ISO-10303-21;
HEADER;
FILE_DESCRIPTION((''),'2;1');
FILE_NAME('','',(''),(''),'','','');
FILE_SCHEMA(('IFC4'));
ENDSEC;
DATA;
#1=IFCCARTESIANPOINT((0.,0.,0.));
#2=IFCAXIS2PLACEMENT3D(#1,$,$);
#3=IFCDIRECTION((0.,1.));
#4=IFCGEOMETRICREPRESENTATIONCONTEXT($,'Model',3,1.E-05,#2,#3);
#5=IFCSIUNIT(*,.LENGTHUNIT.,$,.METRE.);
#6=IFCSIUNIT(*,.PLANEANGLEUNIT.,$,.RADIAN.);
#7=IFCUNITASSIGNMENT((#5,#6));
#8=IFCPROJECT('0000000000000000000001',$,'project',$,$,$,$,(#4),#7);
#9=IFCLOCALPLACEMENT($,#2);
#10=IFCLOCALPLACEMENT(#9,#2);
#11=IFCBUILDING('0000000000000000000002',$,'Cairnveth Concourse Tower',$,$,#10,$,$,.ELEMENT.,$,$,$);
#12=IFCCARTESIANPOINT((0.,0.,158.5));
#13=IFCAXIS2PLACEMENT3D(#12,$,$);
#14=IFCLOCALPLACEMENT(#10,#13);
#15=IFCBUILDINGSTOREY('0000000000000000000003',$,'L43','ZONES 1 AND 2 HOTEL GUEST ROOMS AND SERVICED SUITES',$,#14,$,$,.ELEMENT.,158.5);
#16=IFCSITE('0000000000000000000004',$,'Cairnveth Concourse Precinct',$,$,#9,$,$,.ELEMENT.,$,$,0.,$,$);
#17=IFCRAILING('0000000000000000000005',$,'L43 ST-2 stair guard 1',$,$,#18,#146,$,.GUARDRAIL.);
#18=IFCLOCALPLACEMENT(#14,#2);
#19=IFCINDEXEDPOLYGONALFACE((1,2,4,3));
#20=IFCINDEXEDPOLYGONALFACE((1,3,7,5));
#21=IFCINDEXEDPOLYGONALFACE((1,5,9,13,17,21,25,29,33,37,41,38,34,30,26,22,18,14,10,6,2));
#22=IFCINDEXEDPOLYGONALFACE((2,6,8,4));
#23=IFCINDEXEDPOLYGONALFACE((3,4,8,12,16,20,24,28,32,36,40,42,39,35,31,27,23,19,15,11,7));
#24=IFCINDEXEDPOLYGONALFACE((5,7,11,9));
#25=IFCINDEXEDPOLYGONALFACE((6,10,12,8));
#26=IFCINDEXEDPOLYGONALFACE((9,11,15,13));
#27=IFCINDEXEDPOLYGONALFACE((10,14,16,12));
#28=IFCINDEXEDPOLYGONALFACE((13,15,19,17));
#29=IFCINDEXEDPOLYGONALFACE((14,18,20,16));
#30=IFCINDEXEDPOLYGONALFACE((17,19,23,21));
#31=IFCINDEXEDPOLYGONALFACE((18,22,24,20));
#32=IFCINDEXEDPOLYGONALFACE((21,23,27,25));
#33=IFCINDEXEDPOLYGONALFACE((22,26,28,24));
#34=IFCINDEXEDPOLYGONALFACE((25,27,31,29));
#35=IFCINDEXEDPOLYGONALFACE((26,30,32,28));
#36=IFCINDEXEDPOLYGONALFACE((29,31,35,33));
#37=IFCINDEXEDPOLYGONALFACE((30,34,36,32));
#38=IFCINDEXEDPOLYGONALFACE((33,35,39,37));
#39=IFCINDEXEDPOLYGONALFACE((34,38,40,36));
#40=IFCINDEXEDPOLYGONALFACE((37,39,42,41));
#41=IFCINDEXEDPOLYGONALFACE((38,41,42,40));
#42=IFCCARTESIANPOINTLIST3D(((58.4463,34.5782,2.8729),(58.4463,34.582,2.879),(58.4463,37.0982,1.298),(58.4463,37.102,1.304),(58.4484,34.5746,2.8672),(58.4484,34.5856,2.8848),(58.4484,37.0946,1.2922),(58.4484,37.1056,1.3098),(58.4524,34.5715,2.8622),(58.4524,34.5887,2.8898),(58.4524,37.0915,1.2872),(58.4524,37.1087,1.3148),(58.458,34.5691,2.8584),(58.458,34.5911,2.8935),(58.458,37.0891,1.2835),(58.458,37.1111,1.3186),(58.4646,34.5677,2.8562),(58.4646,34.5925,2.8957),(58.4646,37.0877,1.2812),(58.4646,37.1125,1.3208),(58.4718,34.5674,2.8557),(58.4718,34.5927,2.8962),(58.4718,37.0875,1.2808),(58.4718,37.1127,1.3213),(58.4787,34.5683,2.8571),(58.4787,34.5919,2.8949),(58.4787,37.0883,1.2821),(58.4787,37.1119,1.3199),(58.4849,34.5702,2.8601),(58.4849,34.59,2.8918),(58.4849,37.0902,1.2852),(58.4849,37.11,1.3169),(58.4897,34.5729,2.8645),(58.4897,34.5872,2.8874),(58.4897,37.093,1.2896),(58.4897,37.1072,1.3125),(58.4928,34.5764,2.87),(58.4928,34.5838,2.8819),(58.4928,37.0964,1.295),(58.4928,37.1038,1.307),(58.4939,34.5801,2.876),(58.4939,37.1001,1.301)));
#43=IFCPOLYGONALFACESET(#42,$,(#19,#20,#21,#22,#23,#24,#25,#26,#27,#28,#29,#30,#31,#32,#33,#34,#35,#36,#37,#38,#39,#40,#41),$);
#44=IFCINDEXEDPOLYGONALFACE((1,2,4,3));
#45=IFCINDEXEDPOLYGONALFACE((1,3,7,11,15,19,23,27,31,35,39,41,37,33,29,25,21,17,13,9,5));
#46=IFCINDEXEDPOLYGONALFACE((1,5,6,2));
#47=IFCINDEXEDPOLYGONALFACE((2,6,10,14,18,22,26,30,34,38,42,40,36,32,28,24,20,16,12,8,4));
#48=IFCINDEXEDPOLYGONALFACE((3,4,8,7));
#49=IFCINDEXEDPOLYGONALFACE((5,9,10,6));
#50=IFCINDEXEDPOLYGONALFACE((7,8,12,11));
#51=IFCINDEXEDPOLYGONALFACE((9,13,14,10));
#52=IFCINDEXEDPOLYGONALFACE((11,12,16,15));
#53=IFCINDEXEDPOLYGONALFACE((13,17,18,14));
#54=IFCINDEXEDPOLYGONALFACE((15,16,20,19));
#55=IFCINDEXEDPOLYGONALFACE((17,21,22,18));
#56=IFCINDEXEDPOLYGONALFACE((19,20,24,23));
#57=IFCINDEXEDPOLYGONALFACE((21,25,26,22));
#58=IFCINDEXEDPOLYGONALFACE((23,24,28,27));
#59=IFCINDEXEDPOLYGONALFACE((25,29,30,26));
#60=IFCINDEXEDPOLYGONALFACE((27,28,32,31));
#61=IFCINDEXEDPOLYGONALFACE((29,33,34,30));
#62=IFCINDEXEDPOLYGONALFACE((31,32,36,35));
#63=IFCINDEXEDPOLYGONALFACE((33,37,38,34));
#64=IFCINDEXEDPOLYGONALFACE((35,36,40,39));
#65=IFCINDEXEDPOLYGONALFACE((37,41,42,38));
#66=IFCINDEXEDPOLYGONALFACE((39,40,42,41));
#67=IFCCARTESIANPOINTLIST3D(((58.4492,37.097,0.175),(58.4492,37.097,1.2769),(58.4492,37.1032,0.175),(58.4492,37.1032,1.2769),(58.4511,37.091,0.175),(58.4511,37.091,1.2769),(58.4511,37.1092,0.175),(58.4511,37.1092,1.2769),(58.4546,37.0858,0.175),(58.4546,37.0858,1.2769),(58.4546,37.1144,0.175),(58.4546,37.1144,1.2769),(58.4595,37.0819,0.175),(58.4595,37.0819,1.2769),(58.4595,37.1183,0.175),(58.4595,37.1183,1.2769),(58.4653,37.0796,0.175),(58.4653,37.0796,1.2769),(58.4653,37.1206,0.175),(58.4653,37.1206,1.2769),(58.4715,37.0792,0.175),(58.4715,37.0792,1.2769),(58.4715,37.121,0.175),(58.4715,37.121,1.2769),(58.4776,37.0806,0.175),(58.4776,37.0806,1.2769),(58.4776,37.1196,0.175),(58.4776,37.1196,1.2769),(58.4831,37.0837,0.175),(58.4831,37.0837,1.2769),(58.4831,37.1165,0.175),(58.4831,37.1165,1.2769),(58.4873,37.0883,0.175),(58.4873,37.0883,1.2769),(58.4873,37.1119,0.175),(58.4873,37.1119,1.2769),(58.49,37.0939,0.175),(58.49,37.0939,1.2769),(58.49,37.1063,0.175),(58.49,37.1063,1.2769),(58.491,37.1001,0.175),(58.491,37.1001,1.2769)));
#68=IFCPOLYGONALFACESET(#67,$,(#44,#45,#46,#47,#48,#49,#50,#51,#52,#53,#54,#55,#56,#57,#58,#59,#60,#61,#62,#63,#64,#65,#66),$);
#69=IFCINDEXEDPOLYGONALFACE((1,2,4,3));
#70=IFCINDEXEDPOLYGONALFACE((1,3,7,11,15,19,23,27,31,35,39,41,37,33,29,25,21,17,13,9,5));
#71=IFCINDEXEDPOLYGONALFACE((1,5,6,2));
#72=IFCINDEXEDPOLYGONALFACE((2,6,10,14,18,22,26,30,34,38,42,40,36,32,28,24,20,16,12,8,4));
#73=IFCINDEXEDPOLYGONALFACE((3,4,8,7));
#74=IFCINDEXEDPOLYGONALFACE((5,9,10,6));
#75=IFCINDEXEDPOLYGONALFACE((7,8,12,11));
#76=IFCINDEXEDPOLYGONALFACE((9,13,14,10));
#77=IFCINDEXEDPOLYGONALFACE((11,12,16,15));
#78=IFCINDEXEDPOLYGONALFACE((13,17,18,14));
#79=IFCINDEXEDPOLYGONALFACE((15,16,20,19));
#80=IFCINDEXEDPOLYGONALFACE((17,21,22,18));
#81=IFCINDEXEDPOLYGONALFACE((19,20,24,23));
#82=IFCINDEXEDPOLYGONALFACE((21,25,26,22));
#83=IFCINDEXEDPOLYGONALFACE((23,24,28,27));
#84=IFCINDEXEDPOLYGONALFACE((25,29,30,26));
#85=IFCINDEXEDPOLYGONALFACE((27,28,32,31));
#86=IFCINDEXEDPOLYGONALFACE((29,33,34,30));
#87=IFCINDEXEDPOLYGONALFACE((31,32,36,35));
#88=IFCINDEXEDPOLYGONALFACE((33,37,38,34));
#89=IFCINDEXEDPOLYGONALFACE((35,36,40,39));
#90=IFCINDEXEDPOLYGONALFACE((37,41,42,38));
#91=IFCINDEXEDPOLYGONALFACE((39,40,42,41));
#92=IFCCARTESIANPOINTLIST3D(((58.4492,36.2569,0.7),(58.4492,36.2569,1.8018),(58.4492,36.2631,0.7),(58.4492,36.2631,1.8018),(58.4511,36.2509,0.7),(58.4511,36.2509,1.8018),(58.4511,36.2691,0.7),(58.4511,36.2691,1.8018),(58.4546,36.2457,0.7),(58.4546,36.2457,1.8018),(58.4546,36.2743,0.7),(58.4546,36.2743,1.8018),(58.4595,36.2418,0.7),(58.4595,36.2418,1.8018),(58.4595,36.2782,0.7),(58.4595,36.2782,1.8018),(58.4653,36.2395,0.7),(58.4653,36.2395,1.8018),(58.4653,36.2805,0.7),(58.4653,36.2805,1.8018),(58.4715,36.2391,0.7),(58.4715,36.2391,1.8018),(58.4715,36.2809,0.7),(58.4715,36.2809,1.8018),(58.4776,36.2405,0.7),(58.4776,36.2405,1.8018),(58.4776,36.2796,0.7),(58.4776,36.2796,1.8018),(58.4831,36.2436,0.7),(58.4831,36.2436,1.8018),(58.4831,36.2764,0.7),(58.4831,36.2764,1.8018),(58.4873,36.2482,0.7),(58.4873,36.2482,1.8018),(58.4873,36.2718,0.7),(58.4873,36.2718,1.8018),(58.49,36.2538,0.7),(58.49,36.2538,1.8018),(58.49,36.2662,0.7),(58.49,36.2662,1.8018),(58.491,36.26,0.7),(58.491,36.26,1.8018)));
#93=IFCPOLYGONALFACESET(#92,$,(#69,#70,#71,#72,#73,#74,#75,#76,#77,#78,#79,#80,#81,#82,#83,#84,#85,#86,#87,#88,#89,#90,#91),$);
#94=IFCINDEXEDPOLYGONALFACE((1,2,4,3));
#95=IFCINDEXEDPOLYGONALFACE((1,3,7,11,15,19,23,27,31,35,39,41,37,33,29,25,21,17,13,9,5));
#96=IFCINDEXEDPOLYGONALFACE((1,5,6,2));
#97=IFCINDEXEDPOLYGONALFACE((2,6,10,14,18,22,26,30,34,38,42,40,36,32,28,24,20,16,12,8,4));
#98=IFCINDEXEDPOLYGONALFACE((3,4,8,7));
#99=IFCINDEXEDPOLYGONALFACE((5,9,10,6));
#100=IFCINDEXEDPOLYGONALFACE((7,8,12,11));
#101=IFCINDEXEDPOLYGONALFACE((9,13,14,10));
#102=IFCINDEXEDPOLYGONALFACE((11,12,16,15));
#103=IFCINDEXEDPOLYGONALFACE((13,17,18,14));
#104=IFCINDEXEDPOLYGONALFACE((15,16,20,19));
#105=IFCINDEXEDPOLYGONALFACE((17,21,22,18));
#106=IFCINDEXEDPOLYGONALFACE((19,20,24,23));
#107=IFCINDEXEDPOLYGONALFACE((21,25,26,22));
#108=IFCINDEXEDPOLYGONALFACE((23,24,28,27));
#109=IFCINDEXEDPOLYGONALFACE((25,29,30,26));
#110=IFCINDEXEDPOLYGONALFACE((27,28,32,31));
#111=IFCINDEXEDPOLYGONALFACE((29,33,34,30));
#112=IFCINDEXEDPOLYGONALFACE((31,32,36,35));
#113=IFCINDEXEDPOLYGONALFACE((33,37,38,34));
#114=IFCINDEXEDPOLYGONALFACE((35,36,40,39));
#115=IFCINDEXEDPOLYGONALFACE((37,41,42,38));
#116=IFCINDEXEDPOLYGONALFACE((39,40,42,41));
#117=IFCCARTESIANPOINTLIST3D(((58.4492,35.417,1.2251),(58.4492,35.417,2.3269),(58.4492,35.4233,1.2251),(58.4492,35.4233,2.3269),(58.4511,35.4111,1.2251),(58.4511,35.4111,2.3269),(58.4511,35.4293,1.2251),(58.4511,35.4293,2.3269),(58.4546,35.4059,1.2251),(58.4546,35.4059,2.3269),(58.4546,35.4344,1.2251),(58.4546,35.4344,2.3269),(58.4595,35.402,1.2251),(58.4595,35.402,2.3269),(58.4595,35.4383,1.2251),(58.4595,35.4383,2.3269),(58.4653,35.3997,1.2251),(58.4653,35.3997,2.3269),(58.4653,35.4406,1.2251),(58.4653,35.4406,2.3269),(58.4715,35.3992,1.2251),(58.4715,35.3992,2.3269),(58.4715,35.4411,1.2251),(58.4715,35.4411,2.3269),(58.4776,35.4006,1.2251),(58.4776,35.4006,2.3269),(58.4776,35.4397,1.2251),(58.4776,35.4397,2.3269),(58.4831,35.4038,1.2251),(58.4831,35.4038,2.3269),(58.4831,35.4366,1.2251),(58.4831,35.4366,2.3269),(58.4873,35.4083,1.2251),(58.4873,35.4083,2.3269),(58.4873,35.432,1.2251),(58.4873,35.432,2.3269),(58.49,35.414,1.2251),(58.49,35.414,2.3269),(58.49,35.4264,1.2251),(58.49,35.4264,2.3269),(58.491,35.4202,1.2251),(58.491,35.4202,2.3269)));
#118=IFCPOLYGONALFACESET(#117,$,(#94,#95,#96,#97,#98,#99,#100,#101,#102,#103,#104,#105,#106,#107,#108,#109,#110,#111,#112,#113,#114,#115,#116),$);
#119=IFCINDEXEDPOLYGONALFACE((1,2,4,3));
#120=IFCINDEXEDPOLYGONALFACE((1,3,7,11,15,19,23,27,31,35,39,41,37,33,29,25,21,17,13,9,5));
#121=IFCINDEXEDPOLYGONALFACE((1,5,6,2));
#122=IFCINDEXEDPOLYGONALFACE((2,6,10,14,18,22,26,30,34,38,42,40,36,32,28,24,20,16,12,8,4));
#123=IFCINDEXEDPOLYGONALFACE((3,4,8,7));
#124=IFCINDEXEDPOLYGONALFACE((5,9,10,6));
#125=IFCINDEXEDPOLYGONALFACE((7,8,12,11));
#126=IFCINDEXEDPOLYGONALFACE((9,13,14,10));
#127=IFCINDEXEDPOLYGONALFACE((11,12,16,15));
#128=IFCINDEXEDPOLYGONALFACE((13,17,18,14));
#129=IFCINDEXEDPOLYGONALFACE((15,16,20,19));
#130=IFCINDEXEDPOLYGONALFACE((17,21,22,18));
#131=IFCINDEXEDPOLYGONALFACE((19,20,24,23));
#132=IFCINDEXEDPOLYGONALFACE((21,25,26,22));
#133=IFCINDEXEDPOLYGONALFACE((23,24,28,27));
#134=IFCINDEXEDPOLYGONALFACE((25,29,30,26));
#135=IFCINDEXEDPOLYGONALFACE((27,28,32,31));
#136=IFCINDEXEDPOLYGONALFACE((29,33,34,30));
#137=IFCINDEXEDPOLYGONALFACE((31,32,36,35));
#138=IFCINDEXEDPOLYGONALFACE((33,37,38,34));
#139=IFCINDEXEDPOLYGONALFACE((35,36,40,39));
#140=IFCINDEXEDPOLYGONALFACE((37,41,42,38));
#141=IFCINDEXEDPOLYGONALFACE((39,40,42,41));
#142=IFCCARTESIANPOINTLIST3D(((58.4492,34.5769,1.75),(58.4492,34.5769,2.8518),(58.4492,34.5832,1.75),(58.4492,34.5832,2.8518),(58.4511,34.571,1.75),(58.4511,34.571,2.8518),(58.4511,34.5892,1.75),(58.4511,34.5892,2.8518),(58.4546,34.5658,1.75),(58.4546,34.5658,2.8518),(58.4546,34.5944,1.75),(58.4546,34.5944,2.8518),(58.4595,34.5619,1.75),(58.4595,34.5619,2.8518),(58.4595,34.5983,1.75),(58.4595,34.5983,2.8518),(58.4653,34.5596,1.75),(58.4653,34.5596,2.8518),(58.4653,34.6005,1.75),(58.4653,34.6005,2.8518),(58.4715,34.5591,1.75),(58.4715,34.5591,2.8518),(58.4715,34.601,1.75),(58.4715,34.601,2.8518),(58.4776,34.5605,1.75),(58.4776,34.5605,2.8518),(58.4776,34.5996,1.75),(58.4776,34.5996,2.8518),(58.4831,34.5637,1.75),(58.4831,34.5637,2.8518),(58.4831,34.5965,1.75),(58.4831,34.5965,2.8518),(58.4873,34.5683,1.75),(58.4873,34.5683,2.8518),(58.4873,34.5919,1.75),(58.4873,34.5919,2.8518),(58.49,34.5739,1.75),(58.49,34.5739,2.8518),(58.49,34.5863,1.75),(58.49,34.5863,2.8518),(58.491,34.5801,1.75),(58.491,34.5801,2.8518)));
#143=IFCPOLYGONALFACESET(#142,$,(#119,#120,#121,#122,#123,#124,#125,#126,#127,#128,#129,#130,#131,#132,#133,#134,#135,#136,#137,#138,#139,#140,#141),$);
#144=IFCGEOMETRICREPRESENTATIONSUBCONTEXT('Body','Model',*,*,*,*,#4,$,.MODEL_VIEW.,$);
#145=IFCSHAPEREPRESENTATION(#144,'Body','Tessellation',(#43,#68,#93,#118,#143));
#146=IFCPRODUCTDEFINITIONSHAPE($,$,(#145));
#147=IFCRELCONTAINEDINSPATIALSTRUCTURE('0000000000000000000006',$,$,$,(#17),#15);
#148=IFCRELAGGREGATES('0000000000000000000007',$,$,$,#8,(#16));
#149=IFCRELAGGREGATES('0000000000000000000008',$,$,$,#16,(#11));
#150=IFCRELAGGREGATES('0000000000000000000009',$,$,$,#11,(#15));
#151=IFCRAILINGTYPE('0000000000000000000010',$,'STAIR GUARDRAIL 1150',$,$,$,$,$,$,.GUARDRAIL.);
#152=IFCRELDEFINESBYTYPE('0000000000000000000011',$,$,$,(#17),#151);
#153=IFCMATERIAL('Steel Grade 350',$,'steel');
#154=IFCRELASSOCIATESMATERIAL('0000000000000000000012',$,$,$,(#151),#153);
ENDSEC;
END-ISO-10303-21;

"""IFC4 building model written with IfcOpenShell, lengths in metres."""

from ifc_helpers import new_model, si_unit, direction, frame, origin, origin_2d, place, context, subcontext, project, spatial, circle, extrude, material, type_object, element, save


model = new_model("IFC4")

# Units and contexts
model_context = context("Model", 3, precision=1e-05, world=origin(), true_north=direction((0.0, 1.0)))
body_context = subcontext(model_context, "Body", "Model", "MODEL_VIEW")
ifc_project = project(units=[si_unit("LENGTHUNIT", "METRE"), si_unit("PLANEANGLEUNIT", "RADIAN")], contexts=[model_context])

# Site, building, storey
site_placement = place(None, origin())
site = spatial("IfcSite", under=ifc_project, at=site_placement, Name="Cairnveth Concourse Precinct", CompositionType="ELEMENT", RefElevation=0.0)
building_placement = place(site_placement, origin())
building = spatial("IfcBuilding", under=site, at=building_placement, Name="Cairnveth Concourse Tower", CompositionType="ELEMENT")
storey_placement = place(building_placement, frame((0.0, 0.0, 158.5)))
storey = spatial("IfcBuildingStorey", under=building, at=storey_placement, Name="L43", Description="ZONES 1 AND 2 HOTEL GUEST ROOMS AND SERVICED SUITES", CompositionType="ELEMENT", Elevation=158.5)

# Shared definitions
ifc_material_1 = material(Name="Steel Grade 350", Category="steel")

# Railing
railing_type = type_object("IfcRailingType", Name="STAIR GUARDRAIL 1150", PredefinedType="GUARDRAIL", material=ifc_material_1)
railing_1_placement = place(storey_placement, frame((58.47, 37.1001, 0.175)))
element("IfcRailing", 1, at=railing_1_placement, inside=storey, type_object=railing_type, Name="L43 ST-2 stair guard 1", PredefinedType="GUARDRAIL", context=body_context, shape_type="SweptSolid", body=[
    extrude(circle(Radius=0.0239, at=origin_2d()), frame((0.0, 0.0, 1.126), z_axis=(0.0, -0.848008, 0.529984), x_axis=(1.0, 0.0, 0.0)), (0.0, 0.0, 1.0), 2.9717),
    extrude(circle(Radius=0.021, at=origin_2d()), origin(), (0.0, 0.0, 1.0), 1.1018),
    extrude(circle(Radius=0.021, at=origin_2d()), frame((0.0, -0.8401, 0.5249)), (0.0, 0.0, 1.0), 1.1018),
    extrude(circle(Radius=0.021, at=origin_2d()), frame((0.0, -1.6799, 1.05)), (0.0, 0.0, 1.0), 1.1018),
    extrude(circle(Radius=0.021, at=origin_2d()), frame((0.0, -2.52, 1.575)), (0.0, 0.0, 1.0), 1.1018),
])

save(model, "model.ifc")
